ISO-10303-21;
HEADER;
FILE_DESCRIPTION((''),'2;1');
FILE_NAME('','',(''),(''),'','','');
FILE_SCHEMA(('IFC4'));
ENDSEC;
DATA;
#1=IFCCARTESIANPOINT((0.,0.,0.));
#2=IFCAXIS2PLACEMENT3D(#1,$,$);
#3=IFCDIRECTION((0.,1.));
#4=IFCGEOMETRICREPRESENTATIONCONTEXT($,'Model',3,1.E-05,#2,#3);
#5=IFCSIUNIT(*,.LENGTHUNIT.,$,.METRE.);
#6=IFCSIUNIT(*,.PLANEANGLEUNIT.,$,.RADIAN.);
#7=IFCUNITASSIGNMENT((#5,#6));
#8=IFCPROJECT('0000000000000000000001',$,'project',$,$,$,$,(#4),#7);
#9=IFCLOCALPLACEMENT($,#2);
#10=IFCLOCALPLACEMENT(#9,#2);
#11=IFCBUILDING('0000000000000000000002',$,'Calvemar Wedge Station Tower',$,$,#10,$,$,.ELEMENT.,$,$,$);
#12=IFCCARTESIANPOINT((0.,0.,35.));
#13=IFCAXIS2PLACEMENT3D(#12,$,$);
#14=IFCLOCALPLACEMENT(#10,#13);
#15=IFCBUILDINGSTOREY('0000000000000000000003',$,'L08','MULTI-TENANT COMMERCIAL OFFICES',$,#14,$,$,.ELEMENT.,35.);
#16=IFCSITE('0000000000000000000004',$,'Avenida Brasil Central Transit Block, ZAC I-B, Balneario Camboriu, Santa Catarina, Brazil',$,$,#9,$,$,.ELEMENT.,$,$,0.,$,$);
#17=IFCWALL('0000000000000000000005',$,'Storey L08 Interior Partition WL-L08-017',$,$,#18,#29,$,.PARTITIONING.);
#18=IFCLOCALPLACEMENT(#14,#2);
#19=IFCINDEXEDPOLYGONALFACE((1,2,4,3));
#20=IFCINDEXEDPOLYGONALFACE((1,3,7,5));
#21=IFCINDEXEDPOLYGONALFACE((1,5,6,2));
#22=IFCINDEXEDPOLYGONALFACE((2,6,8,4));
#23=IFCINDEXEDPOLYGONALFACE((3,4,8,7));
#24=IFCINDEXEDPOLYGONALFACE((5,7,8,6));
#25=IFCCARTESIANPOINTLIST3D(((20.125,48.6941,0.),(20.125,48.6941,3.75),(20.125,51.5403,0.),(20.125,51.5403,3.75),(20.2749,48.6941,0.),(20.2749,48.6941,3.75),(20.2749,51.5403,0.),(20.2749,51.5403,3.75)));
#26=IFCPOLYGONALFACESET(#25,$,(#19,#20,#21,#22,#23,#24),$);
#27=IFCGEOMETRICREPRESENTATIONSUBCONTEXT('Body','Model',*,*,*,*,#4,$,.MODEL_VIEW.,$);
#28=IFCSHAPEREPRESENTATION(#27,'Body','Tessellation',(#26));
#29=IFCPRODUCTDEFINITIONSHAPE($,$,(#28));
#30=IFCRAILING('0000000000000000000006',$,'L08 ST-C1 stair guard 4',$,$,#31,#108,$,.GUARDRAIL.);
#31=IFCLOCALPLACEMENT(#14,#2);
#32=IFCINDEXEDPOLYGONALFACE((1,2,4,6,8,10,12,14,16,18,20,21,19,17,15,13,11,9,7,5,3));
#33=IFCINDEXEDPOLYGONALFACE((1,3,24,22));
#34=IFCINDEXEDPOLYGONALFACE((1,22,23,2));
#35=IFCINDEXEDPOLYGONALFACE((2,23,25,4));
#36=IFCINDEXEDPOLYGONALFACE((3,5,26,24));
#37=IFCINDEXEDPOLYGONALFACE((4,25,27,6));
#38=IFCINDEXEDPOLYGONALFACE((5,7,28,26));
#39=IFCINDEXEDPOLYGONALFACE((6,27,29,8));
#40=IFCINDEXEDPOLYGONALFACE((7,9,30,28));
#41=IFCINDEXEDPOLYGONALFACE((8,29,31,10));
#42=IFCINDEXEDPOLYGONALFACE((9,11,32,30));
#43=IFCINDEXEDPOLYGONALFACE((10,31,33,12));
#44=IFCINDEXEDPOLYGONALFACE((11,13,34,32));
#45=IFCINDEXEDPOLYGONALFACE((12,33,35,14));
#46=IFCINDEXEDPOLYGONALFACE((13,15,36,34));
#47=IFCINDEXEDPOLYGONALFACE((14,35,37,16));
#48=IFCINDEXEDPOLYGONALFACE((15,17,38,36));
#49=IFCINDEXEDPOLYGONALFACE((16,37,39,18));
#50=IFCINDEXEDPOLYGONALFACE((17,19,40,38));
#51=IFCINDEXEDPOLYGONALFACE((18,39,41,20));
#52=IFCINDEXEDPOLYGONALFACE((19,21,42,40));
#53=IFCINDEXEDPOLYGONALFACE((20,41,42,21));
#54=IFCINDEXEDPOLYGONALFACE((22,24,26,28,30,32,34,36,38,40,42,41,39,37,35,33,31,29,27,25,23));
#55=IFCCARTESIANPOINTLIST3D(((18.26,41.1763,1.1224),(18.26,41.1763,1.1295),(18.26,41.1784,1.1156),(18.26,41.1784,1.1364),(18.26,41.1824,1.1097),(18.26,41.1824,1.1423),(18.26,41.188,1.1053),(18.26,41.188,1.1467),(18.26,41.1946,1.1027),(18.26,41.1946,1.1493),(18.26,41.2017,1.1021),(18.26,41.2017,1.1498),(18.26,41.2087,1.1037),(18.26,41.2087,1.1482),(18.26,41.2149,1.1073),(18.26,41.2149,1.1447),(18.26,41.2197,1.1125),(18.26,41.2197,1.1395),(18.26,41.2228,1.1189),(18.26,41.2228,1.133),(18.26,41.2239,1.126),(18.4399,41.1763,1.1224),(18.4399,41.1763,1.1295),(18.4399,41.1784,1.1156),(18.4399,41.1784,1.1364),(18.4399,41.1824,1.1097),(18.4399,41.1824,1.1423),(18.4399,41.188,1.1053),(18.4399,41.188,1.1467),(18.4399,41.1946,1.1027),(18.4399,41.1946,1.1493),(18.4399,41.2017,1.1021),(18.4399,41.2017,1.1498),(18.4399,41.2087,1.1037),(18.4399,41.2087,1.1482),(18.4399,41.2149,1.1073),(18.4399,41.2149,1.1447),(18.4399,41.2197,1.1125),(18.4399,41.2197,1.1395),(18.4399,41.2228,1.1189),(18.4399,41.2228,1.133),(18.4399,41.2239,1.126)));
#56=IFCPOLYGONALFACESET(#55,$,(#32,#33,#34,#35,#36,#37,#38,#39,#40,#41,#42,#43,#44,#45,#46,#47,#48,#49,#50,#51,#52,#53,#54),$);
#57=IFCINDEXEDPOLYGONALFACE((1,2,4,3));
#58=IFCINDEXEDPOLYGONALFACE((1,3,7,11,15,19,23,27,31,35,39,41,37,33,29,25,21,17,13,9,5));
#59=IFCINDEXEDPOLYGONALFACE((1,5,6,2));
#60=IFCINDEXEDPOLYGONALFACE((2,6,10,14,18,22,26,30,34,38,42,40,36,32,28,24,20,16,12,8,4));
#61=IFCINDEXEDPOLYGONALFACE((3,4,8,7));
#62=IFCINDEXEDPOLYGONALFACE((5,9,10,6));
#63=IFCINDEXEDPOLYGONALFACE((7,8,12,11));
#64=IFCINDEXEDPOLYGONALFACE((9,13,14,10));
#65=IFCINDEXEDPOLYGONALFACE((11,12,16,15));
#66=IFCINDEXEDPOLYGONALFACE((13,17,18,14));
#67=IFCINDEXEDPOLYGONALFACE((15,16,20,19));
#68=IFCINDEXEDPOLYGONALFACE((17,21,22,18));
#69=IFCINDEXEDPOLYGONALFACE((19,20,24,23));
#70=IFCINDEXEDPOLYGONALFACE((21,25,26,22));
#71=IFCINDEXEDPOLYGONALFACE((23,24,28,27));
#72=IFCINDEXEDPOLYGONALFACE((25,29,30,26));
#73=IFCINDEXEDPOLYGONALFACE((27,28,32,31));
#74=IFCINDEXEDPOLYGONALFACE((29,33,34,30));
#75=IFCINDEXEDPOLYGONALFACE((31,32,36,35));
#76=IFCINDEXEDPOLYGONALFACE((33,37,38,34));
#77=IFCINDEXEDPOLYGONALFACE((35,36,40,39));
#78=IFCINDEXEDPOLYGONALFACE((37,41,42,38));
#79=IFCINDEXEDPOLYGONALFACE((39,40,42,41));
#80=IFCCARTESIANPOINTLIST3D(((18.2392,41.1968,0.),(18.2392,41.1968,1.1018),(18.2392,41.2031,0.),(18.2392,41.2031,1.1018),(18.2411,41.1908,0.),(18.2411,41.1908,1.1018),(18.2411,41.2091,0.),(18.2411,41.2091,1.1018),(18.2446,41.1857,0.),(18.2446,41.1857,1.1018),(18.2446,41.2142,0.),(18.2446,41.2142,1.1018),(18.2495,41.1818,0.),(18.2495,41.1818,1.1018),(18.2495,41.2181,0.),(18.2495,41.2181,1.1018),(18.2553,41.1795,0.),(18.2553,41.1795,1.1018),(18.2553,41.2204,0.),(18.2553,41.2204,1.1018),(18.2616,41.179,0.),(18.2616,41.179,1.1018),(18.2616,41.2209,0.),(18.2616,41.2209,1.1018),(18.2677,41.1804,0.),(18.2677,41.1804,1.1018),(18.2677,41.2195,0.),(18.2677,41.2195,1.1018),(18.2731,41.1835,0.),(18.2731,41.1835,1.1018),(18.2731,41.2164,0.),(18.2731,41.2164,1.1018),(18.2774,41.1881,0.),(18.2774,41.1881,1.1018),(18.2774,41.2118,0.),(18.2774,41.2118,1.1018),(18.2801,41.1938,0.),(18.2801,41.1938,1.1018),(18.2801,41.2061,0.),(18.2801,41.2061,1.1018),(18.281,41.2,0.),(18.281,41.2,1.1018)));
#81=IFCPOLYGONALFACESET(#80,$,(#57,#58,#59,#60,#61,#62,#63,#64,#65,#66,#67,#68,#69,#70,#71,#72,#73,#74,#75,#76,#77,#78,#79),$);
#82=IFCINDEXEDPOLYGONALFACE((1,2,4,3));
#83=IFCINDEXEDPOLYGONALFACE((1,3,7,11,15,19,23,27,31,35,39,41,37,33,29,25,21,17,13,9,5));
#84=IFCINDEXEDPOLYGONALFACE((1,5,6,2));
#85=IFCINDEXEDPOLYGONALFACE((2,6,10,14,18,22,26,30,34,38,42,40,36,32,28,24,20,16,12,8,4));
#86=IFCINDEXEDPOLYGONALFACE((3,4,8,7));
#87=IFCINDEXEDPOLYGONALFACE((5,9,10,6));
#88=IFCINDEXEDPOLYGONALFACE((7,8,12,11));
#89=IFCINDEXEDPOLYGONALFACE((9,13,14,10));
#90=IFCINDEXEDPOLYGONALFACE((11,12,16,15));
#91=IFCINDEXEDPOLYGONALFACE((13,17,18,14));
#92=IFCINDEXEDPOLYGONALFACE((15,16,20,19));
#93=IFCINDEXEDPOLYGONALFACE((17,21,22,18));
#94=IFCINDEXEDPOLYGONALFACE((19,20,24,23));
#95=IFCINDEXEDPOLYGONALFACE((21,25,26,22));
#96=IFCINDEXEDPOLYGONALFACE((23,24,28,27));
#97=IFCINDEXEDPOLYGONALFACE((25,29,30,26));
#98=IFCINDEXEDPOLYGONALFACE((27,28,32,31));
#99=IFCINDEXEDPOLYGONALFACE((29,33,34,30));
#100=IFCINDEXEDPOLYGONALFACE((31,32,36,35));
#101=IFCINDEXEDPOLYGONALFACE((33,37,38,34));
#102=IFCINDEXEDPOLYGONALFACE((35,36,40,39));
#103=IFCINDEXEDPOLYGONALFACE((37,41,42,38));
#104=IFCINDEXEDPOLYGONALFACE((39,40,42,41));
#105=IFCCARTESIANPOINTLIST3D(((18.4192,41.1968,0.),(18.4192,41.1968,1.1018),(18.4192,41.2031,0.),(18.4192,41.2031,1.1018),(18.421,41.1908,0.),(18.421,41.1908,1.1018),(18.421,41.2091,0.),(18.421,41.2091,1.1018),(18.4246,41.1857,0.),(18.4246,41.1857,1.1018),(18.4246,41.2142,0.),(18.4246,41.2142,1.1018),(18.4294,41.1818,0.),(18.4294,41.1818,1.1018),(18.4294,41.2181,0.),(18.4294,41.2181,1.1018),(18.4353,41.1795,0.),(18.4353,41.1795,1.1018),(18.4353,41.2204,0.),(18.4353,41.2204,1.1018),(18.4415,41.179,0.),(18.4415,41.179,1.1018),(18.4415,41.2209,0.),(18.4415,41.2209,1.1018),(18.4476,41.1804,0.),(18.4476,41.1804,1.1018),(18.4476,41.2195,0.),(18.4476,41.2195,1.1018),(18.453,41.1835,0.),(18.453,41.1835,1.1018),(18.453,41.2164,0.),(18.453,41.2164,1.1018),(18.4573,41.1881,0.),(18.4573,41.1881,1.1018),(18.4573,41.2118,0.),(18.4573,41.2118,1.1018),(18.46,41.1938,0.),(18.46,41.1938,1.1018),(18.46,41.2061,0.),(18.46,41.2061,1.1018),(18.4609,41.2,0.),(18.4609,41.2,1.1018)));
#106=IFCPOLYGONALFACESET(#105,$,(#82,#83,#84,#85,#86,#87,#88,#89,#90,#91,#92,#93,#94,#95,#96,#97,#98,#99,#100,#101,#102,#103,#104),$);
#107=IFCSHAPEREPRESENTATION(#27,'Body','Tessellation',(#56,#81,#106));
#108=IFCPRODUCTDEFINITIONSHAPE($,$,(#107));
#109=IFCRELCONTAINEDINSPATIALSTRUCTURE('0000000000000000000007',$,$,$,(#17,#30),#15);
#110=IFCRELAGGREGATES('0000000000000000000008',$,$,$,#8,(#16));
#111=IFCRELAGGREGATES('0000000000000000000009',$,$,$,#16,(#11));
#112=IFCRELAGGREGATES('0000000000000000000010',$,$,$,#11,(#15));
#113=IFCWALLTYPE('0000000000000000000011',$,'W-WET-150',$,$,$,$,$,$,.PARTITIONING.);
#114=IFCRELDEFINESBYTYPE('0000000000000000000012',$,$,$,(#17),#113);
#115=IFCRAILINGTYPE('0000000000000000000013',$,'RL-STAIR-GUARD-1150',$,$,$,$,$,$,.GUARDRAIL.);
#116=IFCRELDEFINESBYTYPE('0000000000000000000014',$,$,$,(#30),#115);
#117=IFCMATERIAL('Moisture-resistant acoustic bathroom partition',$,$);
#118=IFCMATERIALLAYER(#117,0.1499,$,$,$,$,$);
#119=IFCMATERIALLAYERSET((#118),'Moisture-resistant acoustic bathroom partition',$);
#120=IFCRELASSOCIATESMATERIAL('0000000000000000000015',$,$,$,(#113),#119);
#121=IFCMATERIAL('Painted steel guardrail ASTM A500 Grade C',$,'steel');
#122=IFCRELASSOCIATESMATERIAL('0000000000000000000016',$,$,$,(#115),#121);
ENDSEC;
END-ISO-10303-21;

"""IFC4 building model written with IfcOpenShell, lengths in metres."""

from ifc_helpers import new_model, si_unit, direction, frame, frame_2d, origin, origin_2d, place, context, subcontext, project, spatial, rectangle, circle, extrude, material, layer, layer_set, type_object, element, save


model = new_model("IFC4")

# Units and contexts
model_context = context("Model", 3, precision=1e-05, world=origin(), true_north=direction((0.0, 1.0)))
body_context = subcontext(model_context, "Body", "Model", "MODEL_VIEW")
ifc_project = project(units=[si_unit("LENGTHUNIT", "METRE"), si_unit("PLANEANGLEUNIT", "RADIAN")], contexts=[model_context])

# Site, building, storey
site_placement = place(None, origin())
site = spatial("IfcSite", under=ifc_project, at=site_placement, Name="Avenida Brasil Central Transit Block, ZAC I-B, Balneario Camboriu, Santa Catarina, Brazil", CompositionType="ELEMENT", RefElevation=0.0)
building_placement = place(site_placement, origin())
building = spatial("IfcBuilding", under=site, at=building_placement, Name="Calvemar Wedge Station Tower", CompositionType="ELEMENT")
storey_placement = place(building_placement, frame((0.0, 0.0, 35.0)))
storey = spatial("IfcBuildingStorey", under=building, at=storey_placement, Name="L08", Description="MULTI-TENANT COMMERCIAL OFFICES", CompositionType="ELEMENT", Elevation=35.0)

# Wall
ifc_material_1 = material(Name="Moisture-resistant acoustic bathroom partition")
ifc_layer_1 = layer(ifc_material_1, 0.1499)
ifc_layer_set_1 = layer_set([ifc_layer_1], Name="Moisture-resistant acoustic bathroom partition")
wall_type_1 = type_object("IfcWallType", Name="W-WET-150", PredefinedType="PARTITIONING", material=ifc_layer_set_1)
wall_1_placement = place(storey_placement, frame((20.2, 51.5403, 0.0), z_axis=(0.0, 0.0, 1.0), x_axis=(0.0, -1.0, 0.0)))
element("IfcWall", 1, at=wall_1_placement, inside=storey, type_object=wall_type_1, Name="Storey L08 Interior Partition WL-L08-017", PredefinedType="PARTITIONING", context=body_context, shape_type="SweptSolid", body=[
    extrude(rectangle(XDim=2.8462, YDim=0.1499, at=frame_2d((1.4231, 0.0))), origin(), (0.0, 0.0, 1.0), 3.75),
])

# Railing
ifc_material_2 = material(Name="Painted steel guardrail ASTM A500 Grade C", Category="steel")
railing_type = type_object("IfcRailingType", Name="RL-STAIR-GUARD-1150", PredefinedType="GUARDRAIL", material=ifc_material_2)
railing_placement = place(storey_placement, frame((18.26, 41.2, 0.0)))
element("IfcRailing", 2, at=railing_placement, inside=storey, type_object=railing_type, Name="L08 ST-C1 stair guard 4", PredefinedType="GUARDRAIL", context=body_context, shape_type="SweptSolid", body=[
    extrude(circle(Radius=0.0239, at=origin_2d()), frame((0.0, 0.0, 1.126), z_axis=(1.0, 0.0, 0.0), x_axis=(0.0, 1.0, 0.0)), (0.0, 0.0, 1.0), 0.1799),
    extrude(circle(Radius=0.021, at=origin_2d()), origin(), (0.0, 0.0, 1.0), 1.1018),
    extrude(circle(Radius=0.021, at=origin_2d()), frame((0.1799, 0.0, 0.0)), (0.0, 0.0, 1.0), 1.1018),
])

save(model, "model.ifc")
